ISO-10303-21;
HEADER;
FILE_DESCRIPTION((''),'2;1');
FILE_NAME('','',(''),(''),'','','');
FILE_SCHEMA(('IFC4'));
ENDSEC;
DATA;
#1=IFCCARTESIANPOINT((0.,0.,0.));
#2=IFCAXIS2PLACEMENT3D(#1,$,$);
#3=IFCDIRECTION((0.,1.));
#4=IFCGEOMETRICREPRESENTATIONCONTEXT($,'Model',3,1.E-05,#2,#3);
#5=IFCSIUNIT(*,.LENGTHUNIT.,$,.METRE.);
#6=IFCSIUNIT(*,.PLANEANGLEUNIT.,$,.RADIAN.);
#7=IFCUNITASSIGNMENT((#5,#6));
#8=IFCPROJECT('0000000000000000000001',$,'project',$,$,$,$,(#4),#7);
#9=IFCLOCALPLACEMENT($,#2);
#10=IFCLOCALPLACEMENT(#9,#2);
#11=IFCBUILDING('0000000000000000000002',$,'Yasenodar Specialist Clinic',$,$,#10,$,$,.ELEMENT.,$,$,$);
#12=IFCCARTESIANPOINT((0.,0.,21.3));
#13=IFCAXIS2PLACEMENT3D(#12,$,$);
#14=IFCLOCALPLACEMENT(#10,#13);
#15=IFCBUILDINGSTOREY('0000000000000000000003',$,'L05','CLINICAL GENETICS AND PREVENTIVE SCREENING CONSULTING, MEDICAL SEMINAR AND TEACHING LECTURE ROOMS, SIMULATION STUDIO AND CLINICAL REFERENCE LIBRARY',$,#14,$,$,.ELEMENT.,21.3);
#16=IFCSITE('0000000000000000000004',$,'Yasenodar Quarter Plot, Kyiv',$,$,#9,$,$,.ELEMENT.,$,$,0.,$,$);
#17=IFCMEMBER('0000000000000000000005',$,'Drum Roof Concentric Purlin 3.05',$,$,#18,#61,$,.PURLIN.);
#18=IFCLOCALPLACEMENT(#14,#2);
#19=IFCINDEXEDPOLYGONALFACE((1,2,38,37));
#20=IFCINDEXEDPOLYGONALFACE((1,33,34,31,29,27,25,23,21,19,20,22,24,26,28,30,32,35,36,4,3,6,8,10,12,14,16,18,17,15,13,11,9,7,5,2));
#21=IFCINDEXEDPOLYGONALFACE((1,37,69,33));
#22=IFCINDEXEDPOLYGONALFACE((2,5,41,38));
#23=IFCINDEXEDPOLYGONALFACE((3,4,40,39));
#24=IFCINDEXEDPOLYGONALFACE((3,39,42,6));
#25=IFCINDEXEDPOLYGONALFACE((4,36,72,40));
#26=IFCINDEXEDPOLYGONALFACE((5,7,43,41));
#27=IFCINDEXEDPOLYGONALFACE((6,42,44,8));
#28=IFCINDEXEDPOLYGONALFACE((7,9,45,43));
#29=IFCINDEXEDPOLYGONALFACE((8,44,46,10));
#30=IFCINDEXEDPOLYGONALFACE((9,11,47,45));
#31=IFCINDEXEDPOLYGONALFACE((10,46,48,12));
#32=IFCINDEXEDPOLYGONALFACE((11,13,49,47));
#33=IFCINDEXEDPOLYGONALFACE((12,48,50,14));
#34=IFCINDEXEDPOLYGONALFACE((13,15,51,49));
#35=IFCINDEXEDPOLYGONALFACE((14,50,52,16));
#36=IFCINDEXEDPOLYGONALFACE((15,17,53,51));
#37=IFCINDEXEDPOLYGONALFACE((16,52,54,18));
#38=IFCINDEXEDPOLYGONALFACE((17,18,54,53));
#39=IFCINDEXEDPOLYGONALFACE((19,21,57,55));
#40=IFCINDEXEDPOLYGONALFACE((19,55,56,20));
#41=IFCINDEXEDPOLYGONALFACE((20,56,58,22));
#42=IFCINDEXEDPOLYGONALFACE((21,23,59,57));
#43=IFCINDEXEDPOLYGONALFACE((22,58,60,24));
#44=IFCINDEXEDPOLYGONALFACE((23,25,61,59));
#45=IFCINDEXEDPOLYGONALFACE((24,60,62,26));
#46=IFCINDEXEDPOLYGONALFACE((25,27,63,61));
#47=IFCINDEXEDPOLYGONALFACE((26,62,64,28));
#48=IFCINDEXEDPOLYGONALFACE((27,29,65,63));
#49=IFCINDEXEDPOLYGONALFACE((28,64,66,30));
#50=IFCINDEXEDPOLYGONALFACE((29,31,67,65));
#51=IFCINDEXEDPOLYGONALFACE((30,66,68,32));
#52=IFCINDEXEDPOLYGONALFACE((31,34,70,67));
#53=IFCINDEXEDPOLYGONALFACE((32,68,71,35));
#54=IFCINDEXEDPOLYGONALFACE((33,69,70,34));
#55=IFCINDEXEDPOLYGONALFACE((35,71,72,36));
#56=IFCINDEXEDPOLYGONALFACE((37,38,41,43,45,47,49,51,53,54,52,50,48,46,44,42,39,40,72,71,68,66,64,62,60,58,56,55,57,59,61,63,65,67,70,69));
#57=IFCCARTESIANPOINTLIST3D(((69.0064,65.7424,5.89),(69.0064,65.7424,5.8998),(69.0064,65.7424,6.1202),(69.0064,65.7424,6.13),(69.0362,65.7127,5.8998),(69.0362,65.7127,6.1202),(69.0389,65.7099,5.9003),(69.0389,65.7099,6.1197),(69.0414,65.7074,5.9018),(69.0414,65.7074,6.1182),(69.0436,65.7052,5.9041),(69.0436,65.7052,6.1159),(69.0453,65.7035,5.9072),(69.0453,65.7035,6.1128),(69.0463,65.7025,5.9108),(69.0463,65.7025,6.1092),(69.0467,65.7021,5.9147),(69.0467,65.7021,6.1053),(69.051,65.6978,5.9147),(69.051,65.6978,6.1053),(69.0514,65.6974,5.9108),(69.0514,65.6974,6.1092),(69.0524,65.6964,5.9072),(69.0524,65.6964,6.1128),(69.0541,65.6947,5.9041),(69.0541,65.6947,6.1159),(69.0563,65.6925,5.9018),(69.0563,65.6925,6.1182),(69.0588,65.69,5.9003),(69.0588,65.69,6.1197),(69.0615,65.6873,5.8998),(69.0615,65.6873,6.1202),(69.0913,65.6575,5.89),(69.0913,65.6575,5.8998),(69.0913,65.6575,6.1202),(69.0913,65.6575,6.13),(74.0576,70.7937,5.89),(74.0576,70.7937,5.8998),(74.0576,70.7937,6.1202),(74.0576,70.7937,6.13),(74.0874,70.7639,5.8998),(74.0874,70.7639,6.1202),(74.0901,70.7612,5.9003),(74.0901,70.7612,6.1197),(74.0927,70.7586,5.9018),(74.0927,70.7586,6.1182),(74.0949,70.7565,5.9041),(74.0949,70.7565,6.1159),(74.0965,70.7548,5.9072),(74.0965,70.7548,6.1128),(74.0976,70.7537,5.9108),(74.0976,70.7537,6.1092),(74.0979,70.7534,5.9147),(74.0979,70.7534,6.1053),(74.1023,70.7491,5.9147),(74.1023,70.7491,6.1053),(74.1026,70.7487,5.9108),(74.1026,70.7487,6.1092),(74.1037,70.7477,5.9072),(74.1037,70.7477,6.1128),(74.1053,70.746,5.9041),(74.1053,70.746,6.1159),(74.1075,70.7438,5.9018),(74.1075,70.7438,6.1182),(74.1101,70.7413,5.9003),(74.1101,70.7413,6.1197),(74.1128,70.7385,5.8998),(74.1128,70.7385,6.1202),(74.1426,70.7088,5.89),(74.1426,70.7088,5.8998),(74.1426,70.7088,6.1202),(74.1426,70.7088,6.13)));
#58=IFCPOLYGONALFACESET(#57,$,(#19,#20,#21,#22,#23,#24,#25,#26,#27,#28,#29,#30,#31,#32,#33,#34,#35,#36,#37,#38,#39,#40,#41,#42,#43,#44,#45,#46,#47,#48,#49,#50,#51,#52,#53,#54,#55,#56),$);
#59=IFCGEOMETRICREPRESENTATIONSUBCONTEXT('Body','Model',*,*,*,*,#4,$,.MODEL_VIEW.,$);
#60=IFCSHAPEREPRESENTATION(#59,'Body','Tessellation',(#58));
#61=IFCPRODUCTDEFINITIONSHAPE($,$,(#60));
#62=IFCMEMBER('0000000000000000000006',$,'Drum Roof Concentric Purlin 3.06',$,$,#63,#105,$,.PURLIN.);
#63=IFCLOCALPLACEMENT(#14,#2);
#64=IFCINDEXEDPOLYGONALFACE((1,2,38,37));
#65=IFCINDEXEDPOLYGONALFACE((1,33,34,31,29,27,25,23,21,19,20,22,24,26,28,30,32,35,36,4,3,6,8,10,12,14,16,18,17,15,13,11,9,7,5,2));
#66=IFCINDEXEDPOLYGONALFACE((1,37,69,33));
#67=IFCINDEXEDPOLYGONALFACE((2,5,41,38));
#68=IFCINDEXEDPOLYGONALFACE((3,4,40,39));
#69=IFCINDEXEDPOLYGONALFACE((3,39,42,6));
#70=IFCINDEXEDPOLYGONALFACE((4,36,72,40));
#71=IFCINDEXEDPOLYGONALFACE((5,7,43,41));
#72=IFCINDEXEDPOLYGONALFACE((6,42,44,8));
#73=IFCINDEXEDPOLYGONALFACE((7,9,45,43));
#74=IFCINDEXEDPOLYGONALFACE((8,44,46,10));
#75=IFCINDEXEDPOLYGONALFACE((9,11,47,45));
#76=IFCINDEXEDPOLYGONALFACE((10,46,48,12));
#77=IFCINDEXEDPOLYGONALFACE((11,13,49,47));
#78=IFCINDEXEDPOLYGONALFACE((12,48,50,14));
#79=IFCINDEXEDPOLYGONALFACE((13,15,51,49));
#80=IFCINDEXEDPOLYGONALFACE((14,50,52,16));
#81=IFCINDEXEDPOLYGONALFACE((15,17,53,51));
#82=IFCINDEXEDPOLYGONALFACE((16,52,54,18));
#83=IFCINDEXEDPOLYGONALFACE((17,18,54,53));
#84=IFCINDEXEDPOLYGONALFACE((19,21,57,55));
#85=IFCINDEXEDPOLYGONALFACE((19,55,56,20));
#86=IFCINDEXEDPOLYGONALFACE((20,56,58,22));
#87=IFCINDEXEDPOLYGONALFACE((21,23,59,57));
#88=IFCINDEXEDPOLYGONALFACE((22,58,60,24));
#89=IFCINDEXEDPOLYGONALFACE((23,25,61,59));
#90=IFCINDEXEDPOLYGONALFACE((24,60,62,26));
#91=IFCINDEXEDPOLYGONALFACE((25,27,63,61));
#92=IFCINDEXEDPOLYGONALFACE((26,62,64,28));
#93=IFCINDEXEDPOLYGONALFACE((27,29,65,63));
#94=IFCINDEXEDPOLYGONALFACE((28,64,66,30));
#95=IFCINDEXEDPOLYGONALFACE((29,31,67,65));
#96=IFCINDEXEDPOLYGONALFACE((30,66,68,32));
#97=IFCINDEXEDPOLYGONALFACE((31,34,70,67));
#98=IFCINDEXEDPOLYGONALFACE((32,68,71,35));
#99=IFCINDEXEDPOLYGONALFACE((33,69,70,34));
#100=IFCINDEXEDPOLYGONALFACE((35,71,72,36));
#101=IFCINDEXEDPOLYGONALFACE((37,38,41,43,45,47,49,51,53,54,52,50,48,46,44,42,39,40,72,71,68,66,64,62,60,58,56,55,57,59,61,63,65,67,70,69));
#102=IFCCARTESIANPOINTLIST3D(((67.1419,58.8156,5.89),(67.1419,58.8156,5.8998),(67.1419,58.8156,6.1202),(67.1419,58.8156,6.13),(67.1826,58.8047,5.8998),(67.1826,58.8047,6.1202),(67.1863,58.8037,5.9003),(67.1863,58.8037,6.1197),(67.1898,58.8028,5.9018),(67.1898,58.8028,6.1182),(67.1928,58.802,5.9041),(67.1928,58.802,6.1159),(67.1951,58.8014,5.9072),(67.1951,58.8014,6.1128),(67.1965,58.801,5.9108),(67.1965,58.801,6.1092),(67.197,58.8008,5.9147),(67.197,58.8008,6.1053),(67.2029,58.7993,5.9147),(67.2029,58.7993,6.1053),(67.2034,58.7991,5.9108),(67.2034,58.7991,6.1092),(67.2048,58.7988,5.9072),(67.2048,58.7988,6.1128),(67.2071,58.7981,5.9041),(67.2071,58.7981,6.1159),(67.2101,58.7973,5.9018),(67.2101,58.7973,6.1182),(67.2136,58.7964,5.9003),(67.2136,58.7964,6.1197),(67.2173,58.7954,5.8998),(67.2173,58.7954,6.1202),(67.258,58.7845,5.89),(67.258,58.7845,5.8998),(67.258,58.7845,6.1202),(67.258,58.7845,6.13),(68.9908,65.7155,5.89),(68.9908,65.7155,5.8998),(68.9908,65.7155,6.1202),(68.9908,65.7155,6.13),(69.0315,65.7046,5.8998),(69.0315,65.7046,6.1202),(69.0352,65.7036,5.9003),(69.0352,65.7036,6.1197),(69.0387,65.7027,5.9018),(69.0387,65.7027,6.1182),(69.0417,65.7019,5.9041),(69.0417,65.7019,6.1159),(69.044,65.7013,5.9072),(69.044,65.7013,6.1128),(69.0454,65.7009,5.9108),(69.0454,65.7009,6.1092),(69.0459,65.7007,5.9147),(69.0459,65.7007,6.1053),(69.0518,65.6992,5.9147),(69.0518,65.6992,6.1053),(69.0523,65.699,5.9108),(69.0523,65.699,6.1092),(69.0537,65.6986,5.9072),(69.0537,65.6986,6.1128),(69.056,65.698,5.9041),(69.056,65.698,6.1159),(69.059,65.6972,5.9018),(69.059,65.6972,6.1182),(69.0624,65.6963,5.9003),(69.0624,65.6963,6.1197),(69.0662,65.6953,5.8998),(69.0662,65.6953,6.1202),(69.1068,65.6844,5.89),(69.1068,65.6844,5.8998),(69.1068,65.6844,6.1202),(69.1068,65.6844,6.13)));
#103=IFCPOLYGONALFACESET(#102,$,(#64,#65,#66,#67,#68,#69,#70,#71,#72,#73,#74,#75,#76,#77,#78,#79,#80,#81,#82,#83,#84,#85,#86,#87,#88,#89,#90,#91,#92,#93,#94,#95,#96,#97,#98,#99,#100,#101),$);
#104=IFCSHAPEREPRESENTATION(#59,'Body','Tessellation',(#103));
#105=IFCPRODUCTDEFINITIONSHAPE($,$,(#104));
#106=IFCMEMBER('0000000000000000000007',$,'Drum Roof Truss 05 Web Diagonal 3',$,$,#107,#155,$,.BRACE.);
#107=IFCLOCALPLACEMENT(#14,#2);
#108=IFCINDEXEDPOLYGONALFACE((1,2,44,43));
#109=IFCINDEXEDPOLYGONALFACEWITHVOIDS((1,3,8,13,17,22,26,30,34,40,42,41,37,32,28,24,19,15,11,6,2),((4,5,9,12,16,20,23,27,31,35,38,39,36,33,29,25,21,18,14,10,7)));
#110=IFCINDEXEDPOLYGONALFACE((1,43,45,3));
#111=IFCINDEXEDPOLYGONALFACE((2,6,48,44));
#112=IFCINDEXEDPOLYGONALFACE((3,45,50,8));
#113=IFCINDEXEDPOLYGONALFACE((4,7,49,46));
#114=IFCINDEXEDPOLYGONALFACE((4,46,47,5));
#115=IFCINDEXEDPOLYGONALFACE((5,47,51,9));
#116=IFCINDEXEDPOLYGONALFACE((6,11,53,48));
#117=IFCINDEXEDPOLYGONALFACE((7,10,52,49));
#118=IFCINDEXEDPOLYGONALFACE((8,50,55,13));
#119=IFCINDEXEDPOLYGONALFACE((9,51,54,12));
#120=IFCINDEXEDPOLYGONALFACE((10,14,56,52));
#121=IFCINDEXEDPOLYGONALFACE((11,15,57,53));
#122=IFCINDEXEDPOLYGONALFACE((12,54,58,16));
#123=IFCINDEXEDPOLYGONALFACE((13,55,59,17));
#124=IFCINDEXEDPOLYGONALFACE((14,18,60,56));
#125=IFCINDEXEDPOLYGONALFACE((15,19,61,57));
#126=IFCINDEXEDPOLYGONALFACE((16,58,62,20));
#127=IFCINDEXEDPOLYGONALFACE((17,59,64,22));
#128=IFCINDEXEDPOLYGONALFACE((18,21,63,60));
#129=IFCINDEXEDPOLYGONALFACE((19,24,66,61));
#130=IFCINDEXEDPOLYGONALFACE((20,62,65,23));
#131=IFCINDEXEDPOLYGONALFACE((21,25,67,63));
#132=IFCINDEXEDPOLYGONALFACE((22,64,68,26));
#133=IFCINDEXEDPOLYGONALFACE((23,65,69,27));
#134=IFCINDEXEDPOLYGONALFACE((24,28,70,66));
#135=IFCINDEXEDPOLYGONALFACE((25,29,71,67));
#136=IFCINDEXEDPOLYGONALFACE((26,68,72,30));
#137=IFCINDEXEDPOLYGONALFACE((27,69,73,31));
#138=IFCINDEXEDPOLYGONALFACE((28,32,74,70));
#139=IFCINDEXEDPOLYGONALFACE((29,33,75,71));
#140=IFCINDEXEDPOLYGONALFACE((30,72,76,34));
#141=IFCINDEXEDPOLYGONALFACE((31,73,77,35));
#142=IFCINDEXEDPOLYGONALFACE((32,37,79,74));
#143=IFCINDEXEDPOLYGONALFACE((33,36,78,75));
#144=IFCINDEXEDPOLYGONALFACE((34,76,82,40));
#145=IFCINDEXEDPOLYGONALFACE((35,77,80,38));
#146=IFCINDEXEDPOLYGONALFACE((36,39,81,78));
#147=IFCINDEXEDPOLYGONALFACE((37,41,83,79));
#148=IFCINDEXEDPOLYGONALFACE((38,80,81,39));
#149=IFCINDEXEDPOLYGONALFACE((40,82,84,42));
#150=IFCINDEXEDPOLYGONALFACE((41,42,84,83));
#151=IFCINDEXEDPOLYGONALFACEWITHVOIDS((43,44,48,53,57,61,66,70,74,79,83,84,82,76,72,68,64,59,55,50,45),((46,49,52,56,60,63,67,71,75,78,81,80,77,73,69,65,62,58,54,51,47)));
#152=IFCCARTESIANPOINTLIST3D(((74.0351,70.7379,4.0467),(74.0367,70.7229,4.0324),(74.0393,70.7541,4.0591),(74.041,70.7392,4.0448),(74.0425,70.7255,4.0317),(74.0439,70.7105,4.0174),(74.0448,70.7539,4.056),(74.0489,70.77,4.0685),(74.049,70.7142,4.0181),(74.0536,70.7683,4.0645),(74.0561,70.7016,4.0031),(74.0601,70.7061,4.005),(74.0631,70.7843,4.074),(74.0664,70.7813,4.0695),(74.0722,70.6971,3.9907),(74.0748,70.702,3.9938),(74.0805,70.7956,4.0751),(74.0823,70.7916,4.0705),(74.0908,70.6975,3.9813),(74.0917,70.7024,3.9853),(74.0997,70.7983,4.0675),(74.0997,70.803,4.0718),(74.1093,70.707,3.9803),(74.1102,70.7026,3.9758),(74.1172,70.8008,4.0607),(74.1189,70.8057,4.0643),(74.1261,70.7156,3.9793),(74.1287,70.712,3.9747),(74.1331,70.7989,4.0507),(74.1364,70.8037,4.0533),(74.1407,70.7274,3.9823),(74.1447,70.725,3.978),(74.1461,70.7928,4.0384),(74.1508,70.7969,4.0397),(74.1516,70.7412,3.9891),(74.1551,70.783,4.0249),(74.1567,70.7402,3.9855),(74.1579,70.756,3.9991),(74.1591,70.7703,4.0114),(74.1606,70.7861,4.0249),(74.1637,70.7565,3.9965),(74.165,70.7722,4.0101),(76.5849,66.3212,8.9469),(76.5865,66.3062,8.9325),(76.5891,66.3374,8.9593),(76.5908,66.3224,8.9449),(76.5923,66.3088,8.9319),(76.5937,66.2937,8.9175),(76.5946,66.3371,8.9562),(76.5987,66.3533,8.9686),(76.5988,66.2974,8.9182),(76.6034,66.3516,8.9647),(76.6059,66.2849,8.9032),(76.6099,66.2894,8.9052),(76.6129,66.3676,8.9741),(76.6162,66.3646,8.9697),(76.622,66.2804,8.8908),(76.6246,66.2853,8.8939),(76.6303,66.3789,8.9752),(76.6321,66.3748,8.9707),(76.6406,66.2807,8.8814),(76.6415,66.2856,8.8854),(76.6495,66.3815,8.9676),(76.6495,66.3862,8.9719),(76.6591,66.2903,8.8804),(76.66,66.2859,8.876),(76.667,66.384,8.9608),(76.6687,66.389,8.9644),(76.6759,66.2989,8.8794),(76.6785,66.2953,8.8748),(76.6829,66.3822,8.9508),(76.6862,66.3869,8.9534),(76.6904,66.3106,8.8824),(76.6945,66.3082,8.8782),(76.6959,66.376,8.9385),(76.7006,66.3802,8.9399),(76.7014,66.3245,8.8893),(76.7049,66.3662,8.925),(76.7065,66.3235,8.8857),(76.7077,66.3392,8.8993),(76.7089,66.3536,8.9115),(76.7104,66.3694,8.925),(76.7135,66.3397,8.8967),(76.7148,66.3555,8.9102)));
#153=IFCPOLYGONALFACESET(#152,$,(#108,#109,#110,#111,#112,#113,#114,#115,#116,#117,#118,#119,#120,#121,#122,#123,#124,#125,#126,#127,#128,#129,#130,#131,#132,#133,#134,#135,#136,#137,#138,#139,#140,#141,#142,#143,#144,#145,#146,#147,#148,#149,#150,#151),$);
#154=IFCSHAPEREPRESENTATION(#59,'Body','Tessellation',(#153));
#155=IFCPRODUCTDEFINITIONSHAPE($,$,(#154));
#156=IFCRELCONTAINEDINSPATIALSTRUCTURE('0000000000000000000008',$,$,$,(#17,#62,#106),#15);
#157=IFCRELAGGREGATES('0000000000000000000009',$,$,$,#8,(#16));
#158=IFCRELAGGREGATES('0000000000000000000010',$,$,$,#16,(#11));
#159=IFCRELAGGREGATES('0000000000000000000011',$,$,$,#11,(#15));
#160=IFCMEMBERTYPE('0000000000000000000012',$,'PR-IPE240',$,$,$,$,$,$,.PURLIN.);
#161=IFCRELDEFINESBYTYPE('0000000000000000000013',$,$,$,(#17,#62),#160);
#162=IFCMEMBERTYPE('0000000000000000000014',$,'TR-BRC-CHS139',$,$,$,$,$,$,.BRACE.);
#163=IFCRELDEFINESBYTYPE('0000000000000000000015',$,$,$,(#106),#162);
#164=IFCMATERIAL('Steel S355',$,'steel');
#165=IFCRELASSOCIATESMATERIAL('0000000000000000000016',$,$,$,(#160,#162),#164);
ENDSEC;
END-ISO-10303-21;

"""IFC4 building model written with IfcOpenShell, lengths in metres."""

from ifc_helpers import new_model, si_unit, direction, frame, origin, origin_2d, place, context, subcontext, project, spatial, hollow_circle, i_section, extrude, material, material_profile, profile_set, type_object, element, save


model = new_model("IFC4")

# Units and contexts
model_context = context("Model", 3, precision=1e-05, world=origin(), true_north=direction((0.0, 1.0)))
body_context = subcontext(model_context, "Body", "Model", "MODEL_VIEW")
ifc_project = project(units=[si_unit("LENGTHUNIT", "METRE"), si_unit("PLANEANGLEUNIT", "RADIAN")], contexts=[model_context])

# Site, building, storey
site_placement = place(None, origin())
site = spatial("IfcSite", under=ifc_project, at=site_placement, Name="Yasenodar Quarter Plot, Kyiv", CompositionType="ELEMENT", RefElevation=0.0)
building_placement = place(site_placement, origin())
building = spatial("IfcBuilding", under=site, at=building_placement, Name="Yasenodar Specialist Clinic", CompositionType="ELEMENT")
storey_placement = place(building_placement, frame((0.0, 0.0, 21.3)))
storey = spatial("IfcBuildingStorey", under=building, at=storey_placement, Name="L05", Description="CLINICAL GENETICS AND PREVENTIVE SCREENING CONSULTING, MEDICAL SEMINAR AND TEACHING LECTURE ROOMS, SIMULATION STUDIO AND CLINICAL REFERENCE LIBRARY", CompositionType="ELEMENT", Elevation=21.3)

# Shared definitions
ifc_material = material(Name="Steel S355", Category="steel")

# Members
ifc_material_profile_1 = material_profile(ifc_material, i_section(OverallWidth=0.1201, OverallDepth=0.24, WebThickness=0.0061, FlangeThickness=0.0098, FilletRadius=0.0149, at=origin_2d()), Name="IPE 240")
ifc_profile_set_1 = profile_set([ifc_material_profile_1], Name="Steel S355")
member_type_1 = type_object("IfcMemberType", Name="PR-IPE240", PredefinedType="PURLIN", material=ifc_profile_set_1)
member_1_placement = place(storey_placement, frame((74.1001, 70.7512, 6.01), z_axis=(-0.707107, -0.707107, 0.0), x_axis=(0.707107, -0.707107, 0.0)))
element("IfcMember", 1, at=member_1_placement, inside=storey, type_object=member_type_1, Name="Drum Roof Concentric Purlin 3.05", PredefinedType="PURLIN", context=body_context, shape_type="SweptSolid", body=[
    extrude(i_section(OverallWidth=0.1201, OverallDepth=0.24, WebThickness=0.0061, FlangeThickness=0.0098, FilletRadius=0.0149, at=origin_2d()), origin(), (0.0, 0.0, 1.0), 7.1436),
])
member_2_placement = place(storey_placement, frame((69.0488, 65.7, 6.01), z_axis=(-0.258826, -0.965924, 0.0), x_axis=(0.965924, -0.258826, 0.0)))
element("IfcMember", 2, at=member_2_placement, inside=storey, type_object=member_type_1, Name="Drum Roof Concentric Purlin 3.06", PredefinedType="PURLIN", context=body_context, shape_type="SweptSolid", body=[
    extrude(i_section(OverallWidth=0.1201, OverallDepth=0.24, WebThickness=0.0061, FlangeThickness=0.0098, FilletRadius=0.0149, at=origin_2d()), origin(), (0.0, 0.0, 1.0), 7.1433),
])
ifc_material_profile_2 = material_profile(ifc_material, hollow_circle(Radius=0.0698, WallThickness=0.0063, at=origin_2d()), Name="CHS 139.7x6.3")
ifc_profile_set_2 = profile_set([ifc_material_profile_2], Name="Steel S355")
member_type_2 = type_object("IfcMemberType", Name="TR-BRC-CHS139", PredefinedType="BRACE", material=ifc_profile_set_2)
member_3_placement = place(storey_placement, frame((74.1001, 70.7512, 4.0249), z_axis=(0.360523, -0.624494, 0.692843), x_axis=(0.866043, 0.49997, 0.0)))
element("IfcMember", 3, at=member_3_placement, inside=storey, type_object=member_type_2, Name="Drum Roof Truss 05 Web Diagonal 3", PredefinedType="BRACE", context=body_context, shape_type="SweptSolid", body=[
    extrude(hollow_circle(Radius=0.0698, WallThickness=0.0063, at=origin_2d()), origin(), (0.0, 0.0, 1.0), 7.0725),
])

save(model, "model.ifc")
